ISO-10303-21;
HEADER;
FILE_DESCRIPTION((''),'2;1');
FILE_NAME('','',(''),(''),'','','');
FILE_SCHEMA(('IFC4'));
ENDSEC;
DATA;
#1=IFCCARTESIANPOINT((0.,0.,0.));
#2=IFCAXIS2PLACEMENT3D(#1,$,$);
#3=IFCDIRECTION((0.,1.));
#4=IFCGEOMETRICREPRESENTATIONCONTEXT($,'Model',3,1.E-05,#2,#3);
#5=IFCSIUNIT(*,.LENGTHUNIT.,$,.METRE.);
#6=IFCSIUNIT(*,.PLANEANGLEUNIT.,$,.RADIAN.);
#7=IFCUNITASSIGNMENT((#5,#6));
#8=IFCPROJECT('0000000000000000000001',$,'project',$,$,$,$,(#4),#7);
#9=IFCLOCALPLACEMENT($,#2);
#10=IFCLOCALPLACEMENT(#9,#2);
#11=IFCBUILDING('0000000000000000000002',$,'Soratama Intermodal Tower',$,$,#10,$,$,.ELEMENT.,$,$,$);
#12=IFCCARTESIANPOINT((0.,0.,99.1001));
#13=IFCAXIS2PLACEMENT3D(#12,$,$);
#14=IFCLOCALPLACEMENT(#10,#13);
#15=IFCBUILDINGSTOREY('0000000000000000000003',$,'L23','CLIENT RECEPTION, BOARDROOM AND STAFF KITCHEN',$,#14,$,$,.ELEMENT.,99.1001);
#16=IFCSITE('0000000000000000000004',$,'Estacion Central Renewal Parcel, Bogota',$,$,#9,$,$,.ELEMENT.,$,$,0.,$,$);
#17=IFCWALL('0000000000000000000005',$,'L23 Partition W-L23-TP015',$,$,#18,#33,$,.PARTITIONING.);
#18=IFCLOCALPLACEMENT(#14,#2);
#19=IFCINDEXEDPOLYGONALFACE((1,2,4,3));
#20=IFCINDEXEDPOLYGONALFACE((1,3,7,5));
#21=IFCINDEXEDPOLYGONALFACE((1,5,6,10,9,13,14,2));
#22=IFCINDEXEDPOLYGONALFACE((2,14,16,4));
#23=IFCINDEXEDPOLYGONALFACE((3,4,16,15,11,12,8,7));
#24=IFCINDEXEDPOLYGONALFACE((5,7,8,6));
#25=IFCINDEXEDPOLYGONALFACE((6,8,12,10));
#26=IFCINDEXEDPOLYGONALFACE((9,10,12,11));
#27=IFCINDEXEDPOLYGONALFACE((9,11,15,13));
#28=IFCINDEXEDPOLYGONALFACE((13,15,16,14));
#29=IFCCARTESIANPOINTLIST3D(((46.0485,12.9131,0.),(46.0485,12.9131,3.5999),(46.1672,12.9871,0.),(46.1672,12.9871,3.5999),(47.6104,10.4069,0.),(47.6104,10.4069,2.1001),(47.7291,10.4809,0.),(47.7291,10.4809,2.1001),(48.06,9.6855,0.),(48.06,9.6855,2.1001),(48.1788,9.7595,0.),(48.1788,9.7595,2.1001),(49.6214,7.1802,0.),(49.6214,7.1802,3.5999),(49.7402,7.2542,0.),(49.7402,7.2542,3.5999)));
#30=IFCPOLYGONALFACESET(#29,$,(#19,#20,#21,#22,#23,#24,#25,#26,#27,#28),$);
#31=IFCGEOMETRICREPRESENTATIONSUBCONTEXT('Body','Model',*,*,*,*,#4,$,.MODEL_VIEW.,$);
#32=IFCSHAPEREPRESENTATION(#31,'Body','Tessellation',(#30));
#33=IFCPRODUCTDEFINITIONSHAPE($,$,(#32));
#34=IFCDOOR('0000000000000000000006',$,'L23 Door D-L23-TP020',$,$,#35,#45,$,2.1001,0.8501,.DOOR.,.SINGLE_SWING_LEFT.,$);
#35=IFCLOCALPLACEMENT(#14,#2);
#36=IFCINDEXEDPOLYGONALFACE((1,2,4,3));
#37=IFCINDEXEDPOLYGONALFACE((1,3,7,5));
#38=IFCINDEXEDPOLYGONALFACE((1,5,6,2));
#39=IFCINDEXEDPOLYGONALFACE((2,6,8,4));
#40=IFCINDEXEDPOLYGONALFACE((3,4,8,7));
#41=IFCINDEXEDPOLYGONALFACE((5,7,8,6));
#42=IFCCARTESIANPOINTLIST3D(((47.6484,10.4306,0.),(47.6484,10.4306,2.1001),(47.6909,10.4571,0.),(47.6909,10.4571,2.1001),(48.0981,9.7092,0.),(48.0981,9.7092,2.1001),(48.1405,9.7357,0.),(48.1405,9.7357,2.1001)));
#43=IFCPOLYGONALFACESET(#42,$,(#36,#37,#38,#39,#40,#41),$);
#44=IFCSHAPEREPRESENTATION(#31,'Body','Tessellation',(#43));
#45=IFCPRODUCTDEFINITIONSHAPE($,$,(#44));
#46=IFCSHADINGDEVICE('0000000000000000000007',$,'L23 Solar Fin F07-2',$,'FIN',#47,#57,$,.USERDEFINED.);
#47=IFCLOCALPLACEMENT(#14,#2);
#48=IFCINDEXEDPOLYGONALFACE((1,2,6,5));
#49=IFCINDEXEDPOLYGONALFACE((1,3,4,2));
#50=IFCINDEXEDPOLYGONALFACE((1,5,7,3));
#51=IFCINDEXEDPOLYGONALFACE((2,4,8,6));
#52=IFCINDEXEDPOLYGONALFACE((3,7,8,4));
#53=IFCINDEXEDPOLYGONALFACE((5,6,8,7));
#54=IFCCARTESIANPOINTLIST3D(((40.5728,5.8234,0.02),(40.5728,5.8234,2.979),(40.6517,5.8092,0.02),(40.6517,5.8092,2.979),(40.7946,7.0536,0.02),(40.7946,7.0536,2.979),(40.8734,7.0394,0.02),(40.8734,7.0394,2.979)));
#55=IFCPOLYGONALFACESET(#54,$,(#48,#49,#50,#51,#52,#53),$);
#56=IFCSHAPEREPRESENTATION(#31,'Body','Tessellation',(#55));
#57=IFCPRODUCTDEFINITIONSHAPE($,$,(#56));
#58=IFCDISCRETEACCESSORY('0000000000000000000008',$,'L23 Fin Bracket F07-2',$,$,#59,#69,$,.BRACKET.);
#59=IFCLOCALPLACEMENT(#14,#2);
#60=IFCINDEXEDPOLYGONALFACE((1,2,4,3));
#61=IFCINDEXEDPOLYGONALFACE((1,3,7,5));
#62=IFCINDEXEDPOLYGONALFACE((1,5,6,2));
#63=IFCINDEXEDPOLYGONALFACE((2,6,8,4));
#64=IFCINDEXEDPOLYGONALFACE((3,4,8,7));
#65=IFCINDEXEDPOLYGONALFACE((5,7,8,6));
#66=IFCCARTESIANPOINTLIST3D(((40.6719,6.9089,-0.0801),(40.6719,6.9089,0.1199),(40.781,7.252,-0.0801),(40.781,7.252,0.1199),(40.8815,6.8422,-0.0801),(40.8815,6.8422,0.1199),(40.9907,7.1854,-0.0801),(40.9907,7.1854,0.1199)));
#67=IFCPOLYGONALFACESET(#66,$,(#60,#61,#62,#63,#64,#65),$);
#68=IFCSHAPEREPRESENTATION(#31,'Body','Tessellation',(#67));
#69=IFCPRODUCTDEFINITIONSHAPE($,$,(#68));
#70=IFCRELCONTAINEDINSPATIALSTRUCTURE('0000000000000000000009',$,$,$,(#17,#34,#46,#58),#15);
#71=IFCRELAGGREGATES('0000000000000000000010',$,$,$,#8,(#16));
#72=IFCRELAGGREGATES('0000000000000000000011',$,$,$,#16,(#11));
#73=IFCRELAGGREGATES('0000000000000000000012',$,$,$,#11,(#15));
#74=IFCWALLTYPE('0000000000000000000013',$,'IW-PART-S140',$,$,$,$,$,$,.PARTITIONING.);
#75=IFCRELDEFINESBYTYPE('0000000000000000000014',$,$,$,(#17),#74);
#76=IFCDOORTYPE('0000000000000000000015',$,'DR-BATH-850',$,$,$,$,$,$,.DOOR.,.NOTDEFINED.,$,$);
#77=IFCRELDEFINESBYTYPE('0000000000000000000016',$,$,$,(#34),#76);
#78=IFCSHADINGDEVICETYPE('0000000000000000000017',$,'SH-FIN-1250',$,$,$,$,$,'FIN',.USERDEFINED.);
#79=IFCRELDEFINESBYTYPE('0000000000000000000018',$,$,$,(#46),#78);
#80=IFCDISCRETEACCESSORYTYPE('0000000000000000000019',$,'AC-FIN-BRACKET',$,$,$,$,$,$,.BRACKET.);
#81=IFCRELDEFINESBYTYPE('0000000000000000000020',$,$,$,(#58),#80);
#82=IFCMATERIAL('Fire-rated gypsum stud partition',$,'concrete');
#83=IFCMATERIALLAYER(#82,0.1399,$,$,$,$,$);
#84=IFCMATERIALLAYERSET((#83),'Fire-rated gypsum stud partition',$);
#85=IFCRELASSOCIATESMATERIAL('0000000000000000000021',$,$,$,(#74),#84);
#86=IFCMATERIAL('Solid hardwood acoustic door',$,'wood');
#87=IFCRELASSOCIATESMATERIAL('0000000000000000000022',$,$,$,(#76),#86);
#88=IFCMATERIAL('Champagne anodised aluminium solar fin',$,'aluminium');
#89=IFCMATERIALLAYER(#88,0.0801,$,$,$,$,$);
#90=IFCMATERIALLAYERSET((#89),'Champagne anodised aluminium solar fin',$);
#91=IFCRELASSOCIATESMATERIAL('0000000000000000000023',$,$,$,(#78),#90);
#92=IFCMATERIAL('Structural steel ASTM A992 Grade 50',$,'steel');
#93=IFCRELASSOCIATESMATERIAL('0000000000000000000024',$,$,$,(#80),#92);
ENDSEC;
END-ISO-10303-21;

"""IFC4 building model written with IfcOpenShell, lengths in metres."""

from ifc_helpers import new_model, si_unit, direction, frame, frame_2d, origin, origin_2d, place, context, subcontext, project, spatial, rectangle, extrude, material, layer, layer_set, type_object, element, fill, save


model = new_model("IFC4")

# Units and contexts
model_context = context("Model", 3, precision=1e-05, world=origin(), true_north=direction((0.0, 1.0)))
body_context = subcontext(model_context, "Body", "Model", "MODEL_VIEW")
ifc_project = project(units=[si_unit("LENGTHUNIT", "METRE"), si_unit("PLANEANGLEUNIT", "RADIAN")], contexts=[model_context])

# Site, building, storey
site_placement = place(None, origin())
site = spatial("IfcSite", under=ifc_project, at=site_placement, Name="Estacion Central Renewal Parcel, Bogota", CompositionType="ELEMENT", RefElevation=0.0)
building_placement = place(site_placement, origin())
building = spatial("IfcBuilding", under=site, at=building_placement, Name="Soratama Intermodal Tower", CompositionType="ELEMENT")
storey_placement = place(building_placement, frame((0.0, 0.0, 99.1001)))
storey = spatial("IfcBuildingStorey", under=building, at=storey_placement, Name="L23", Description="CLIENT RECEPTION, BOARDROOM AND STAFF KITCHEN", CompositionType="ELEMENT", Elevation=99.1001)

# Wall, opening, door
ifc_material_1 = material(Name="Fire-rated gypsum stud partition", Category="concrete")
ifc_layer_1 = layer(ifc_material_1, 0.1399)
ifc_layer_set_1 = layer_set([ifc_layer_1], Name="Fire-rated gypsum stud partition")
wall_type_1 = type_object("IfcWallType", Name="IW-PART-S140", PredefinedType="PARTITIONING", material=ifc_layer_set_1)
wall_1_placement = place(storey_placement, frame((46.1079, 12.95, 0.0), z_axis=(0.0, 0.0, 1.0), x_axis=(0.528926, -0.848668, 0.0)))
wall_1 = element("IfcWall", 1, at=wall_1_placement, inside=storey, type_object=wall_type_1, Name="L23 Partition W-L23-TP015", PredefinedType="PARTITIONING", context=body_context, shape_type="SweptSolid", body=[
    extrude(rectangle(XDim=6.7551, YDim=0.1399, at=frame_2d((3.3774, 0.0))), origin(), (0.0, 0.0, 1.0), 3.5999),
])
opening_1_placement = place(wall_1_placement, frame((2.9529, 0.0, 0.0)))
opening_1 = element("IfcOpeningElement", 2, at=opening_1_placement, cuts=wall_1, PredefinedType="OPENING", context=body_context, shape_type="SweptSolid", body=[
    extrude(rectangle(XDim=0.8501, YDim=2.1001, at=frame_2d((0.425, 1.05))), frame((0.0, 0.0798, 0.0), z_axis=(0.0, -1.0, 0.0), x_axis=(1.0, 0.0, 0.0)), (0.0, 0.0, 1.0), 0.1599),
])
ifc_material_2 = material(Name="Solid hardwood acoustic door", Category="wood")
door_type_1 = type_object("IfcDoorType", Name="DR-BATH-850", OperationType="NOTDEFINED", PredefinedType="DOOR", material=ifc_material_2)
door_1_placement = place(opening_1_placement, origin())
door_1 = element("IfcDoor", 3, at=door_1_placement, inside=storey, type_object=door_type_1, Name="L23 Door D-L23-TP020", OperationType="SINGLE_SWING_LEFT", OverallHeight=2.1001, OverallWidth=0.8501, PredefinedType="DOOR", context=body_context, shape_type="SweptSolid", body=[
    extrude(rectangle(XDim=0.8501, YDim=2.1001, at=frame_2d((0.425, 1.05))), frame((0.0, 0.0249, 0.0), z_axis=(0.0, -1.0, 0.0), x_axis=(1.0, 0.0, 0.0)), (0.0, 0.0, 1.0), 0.05),
])
fill(opening_1, door_1)

# Shading device
ifc_material_3 = material(Name="Champagne anodised aluminium solar fin", Category="aluminium")
ifc_layer_2 = layer(ifc_material_3, 0.0801)
ifc_layer_set_2 = layer_set([ifc_layer_2], Name="Champagne anodised aluminium solar fin")
shading_device_type = type_object("IfcShadingDeviceType", Name="SH-FIN-1250", ElementType="FIN", PredefinedType="USERDEFINED", material=ifc_layer_set_2)
shading_device_placement = place(storey_placement, frame((40.7231, 6.4314, 0.02), z_axis=(0.0, 0.0, 1.0), x_axis=(-0.177428, -0.984134, 0.0)))
element("IfcShadingDevice", 4, at=shading_device_placement, inside=storey, type_object=shading_device_type, Name="L23 Solar Fin F07-2", ObjectType="FIN", PredefinedType="USERDEFINED", context=body_context, shape_type="SweptSolid", body=[
    extrude(rectangle(XDim=1.25, YDim=0.0801, at=origin_2d()), origin(), (0.0, 0.0, 1.0), 2.959),
])

# Discrete accessory
ifc_material_4 = material(Name="Structural steel ASTM A992 Grade 50", Category="steel")
discrete_accessory_type = type_object("IfcDiscreteAccessoryType", Name="AC-FIN-BRACKET", PredefinedType="BRACKET", material=ifc_material_4)
discrete_accessory_placement = place(storey_placement, frame((40.8313, 7.0471, -0.0801), z_axis=(0.0, 0.0, 1.0), x_axis=(-0.303035, -0.952979, 0.0)))
element("IfcDiscreteAccessory", 5, at=discrete_accessory_placement, inside=storey, type_object=discrete_accessory_type, Name="L23 Fin Bracket F07-2", PredefinedType="BRACKET", context=body_context, shape_type="SweptSolid", body=[
    extrude(rectangle(XDim=0.3601, YDim=0.22, at=origin_2d()), origin(), (0.0, 0.0, 1.0), 0.2),
])

save(model, "model.ifc")
